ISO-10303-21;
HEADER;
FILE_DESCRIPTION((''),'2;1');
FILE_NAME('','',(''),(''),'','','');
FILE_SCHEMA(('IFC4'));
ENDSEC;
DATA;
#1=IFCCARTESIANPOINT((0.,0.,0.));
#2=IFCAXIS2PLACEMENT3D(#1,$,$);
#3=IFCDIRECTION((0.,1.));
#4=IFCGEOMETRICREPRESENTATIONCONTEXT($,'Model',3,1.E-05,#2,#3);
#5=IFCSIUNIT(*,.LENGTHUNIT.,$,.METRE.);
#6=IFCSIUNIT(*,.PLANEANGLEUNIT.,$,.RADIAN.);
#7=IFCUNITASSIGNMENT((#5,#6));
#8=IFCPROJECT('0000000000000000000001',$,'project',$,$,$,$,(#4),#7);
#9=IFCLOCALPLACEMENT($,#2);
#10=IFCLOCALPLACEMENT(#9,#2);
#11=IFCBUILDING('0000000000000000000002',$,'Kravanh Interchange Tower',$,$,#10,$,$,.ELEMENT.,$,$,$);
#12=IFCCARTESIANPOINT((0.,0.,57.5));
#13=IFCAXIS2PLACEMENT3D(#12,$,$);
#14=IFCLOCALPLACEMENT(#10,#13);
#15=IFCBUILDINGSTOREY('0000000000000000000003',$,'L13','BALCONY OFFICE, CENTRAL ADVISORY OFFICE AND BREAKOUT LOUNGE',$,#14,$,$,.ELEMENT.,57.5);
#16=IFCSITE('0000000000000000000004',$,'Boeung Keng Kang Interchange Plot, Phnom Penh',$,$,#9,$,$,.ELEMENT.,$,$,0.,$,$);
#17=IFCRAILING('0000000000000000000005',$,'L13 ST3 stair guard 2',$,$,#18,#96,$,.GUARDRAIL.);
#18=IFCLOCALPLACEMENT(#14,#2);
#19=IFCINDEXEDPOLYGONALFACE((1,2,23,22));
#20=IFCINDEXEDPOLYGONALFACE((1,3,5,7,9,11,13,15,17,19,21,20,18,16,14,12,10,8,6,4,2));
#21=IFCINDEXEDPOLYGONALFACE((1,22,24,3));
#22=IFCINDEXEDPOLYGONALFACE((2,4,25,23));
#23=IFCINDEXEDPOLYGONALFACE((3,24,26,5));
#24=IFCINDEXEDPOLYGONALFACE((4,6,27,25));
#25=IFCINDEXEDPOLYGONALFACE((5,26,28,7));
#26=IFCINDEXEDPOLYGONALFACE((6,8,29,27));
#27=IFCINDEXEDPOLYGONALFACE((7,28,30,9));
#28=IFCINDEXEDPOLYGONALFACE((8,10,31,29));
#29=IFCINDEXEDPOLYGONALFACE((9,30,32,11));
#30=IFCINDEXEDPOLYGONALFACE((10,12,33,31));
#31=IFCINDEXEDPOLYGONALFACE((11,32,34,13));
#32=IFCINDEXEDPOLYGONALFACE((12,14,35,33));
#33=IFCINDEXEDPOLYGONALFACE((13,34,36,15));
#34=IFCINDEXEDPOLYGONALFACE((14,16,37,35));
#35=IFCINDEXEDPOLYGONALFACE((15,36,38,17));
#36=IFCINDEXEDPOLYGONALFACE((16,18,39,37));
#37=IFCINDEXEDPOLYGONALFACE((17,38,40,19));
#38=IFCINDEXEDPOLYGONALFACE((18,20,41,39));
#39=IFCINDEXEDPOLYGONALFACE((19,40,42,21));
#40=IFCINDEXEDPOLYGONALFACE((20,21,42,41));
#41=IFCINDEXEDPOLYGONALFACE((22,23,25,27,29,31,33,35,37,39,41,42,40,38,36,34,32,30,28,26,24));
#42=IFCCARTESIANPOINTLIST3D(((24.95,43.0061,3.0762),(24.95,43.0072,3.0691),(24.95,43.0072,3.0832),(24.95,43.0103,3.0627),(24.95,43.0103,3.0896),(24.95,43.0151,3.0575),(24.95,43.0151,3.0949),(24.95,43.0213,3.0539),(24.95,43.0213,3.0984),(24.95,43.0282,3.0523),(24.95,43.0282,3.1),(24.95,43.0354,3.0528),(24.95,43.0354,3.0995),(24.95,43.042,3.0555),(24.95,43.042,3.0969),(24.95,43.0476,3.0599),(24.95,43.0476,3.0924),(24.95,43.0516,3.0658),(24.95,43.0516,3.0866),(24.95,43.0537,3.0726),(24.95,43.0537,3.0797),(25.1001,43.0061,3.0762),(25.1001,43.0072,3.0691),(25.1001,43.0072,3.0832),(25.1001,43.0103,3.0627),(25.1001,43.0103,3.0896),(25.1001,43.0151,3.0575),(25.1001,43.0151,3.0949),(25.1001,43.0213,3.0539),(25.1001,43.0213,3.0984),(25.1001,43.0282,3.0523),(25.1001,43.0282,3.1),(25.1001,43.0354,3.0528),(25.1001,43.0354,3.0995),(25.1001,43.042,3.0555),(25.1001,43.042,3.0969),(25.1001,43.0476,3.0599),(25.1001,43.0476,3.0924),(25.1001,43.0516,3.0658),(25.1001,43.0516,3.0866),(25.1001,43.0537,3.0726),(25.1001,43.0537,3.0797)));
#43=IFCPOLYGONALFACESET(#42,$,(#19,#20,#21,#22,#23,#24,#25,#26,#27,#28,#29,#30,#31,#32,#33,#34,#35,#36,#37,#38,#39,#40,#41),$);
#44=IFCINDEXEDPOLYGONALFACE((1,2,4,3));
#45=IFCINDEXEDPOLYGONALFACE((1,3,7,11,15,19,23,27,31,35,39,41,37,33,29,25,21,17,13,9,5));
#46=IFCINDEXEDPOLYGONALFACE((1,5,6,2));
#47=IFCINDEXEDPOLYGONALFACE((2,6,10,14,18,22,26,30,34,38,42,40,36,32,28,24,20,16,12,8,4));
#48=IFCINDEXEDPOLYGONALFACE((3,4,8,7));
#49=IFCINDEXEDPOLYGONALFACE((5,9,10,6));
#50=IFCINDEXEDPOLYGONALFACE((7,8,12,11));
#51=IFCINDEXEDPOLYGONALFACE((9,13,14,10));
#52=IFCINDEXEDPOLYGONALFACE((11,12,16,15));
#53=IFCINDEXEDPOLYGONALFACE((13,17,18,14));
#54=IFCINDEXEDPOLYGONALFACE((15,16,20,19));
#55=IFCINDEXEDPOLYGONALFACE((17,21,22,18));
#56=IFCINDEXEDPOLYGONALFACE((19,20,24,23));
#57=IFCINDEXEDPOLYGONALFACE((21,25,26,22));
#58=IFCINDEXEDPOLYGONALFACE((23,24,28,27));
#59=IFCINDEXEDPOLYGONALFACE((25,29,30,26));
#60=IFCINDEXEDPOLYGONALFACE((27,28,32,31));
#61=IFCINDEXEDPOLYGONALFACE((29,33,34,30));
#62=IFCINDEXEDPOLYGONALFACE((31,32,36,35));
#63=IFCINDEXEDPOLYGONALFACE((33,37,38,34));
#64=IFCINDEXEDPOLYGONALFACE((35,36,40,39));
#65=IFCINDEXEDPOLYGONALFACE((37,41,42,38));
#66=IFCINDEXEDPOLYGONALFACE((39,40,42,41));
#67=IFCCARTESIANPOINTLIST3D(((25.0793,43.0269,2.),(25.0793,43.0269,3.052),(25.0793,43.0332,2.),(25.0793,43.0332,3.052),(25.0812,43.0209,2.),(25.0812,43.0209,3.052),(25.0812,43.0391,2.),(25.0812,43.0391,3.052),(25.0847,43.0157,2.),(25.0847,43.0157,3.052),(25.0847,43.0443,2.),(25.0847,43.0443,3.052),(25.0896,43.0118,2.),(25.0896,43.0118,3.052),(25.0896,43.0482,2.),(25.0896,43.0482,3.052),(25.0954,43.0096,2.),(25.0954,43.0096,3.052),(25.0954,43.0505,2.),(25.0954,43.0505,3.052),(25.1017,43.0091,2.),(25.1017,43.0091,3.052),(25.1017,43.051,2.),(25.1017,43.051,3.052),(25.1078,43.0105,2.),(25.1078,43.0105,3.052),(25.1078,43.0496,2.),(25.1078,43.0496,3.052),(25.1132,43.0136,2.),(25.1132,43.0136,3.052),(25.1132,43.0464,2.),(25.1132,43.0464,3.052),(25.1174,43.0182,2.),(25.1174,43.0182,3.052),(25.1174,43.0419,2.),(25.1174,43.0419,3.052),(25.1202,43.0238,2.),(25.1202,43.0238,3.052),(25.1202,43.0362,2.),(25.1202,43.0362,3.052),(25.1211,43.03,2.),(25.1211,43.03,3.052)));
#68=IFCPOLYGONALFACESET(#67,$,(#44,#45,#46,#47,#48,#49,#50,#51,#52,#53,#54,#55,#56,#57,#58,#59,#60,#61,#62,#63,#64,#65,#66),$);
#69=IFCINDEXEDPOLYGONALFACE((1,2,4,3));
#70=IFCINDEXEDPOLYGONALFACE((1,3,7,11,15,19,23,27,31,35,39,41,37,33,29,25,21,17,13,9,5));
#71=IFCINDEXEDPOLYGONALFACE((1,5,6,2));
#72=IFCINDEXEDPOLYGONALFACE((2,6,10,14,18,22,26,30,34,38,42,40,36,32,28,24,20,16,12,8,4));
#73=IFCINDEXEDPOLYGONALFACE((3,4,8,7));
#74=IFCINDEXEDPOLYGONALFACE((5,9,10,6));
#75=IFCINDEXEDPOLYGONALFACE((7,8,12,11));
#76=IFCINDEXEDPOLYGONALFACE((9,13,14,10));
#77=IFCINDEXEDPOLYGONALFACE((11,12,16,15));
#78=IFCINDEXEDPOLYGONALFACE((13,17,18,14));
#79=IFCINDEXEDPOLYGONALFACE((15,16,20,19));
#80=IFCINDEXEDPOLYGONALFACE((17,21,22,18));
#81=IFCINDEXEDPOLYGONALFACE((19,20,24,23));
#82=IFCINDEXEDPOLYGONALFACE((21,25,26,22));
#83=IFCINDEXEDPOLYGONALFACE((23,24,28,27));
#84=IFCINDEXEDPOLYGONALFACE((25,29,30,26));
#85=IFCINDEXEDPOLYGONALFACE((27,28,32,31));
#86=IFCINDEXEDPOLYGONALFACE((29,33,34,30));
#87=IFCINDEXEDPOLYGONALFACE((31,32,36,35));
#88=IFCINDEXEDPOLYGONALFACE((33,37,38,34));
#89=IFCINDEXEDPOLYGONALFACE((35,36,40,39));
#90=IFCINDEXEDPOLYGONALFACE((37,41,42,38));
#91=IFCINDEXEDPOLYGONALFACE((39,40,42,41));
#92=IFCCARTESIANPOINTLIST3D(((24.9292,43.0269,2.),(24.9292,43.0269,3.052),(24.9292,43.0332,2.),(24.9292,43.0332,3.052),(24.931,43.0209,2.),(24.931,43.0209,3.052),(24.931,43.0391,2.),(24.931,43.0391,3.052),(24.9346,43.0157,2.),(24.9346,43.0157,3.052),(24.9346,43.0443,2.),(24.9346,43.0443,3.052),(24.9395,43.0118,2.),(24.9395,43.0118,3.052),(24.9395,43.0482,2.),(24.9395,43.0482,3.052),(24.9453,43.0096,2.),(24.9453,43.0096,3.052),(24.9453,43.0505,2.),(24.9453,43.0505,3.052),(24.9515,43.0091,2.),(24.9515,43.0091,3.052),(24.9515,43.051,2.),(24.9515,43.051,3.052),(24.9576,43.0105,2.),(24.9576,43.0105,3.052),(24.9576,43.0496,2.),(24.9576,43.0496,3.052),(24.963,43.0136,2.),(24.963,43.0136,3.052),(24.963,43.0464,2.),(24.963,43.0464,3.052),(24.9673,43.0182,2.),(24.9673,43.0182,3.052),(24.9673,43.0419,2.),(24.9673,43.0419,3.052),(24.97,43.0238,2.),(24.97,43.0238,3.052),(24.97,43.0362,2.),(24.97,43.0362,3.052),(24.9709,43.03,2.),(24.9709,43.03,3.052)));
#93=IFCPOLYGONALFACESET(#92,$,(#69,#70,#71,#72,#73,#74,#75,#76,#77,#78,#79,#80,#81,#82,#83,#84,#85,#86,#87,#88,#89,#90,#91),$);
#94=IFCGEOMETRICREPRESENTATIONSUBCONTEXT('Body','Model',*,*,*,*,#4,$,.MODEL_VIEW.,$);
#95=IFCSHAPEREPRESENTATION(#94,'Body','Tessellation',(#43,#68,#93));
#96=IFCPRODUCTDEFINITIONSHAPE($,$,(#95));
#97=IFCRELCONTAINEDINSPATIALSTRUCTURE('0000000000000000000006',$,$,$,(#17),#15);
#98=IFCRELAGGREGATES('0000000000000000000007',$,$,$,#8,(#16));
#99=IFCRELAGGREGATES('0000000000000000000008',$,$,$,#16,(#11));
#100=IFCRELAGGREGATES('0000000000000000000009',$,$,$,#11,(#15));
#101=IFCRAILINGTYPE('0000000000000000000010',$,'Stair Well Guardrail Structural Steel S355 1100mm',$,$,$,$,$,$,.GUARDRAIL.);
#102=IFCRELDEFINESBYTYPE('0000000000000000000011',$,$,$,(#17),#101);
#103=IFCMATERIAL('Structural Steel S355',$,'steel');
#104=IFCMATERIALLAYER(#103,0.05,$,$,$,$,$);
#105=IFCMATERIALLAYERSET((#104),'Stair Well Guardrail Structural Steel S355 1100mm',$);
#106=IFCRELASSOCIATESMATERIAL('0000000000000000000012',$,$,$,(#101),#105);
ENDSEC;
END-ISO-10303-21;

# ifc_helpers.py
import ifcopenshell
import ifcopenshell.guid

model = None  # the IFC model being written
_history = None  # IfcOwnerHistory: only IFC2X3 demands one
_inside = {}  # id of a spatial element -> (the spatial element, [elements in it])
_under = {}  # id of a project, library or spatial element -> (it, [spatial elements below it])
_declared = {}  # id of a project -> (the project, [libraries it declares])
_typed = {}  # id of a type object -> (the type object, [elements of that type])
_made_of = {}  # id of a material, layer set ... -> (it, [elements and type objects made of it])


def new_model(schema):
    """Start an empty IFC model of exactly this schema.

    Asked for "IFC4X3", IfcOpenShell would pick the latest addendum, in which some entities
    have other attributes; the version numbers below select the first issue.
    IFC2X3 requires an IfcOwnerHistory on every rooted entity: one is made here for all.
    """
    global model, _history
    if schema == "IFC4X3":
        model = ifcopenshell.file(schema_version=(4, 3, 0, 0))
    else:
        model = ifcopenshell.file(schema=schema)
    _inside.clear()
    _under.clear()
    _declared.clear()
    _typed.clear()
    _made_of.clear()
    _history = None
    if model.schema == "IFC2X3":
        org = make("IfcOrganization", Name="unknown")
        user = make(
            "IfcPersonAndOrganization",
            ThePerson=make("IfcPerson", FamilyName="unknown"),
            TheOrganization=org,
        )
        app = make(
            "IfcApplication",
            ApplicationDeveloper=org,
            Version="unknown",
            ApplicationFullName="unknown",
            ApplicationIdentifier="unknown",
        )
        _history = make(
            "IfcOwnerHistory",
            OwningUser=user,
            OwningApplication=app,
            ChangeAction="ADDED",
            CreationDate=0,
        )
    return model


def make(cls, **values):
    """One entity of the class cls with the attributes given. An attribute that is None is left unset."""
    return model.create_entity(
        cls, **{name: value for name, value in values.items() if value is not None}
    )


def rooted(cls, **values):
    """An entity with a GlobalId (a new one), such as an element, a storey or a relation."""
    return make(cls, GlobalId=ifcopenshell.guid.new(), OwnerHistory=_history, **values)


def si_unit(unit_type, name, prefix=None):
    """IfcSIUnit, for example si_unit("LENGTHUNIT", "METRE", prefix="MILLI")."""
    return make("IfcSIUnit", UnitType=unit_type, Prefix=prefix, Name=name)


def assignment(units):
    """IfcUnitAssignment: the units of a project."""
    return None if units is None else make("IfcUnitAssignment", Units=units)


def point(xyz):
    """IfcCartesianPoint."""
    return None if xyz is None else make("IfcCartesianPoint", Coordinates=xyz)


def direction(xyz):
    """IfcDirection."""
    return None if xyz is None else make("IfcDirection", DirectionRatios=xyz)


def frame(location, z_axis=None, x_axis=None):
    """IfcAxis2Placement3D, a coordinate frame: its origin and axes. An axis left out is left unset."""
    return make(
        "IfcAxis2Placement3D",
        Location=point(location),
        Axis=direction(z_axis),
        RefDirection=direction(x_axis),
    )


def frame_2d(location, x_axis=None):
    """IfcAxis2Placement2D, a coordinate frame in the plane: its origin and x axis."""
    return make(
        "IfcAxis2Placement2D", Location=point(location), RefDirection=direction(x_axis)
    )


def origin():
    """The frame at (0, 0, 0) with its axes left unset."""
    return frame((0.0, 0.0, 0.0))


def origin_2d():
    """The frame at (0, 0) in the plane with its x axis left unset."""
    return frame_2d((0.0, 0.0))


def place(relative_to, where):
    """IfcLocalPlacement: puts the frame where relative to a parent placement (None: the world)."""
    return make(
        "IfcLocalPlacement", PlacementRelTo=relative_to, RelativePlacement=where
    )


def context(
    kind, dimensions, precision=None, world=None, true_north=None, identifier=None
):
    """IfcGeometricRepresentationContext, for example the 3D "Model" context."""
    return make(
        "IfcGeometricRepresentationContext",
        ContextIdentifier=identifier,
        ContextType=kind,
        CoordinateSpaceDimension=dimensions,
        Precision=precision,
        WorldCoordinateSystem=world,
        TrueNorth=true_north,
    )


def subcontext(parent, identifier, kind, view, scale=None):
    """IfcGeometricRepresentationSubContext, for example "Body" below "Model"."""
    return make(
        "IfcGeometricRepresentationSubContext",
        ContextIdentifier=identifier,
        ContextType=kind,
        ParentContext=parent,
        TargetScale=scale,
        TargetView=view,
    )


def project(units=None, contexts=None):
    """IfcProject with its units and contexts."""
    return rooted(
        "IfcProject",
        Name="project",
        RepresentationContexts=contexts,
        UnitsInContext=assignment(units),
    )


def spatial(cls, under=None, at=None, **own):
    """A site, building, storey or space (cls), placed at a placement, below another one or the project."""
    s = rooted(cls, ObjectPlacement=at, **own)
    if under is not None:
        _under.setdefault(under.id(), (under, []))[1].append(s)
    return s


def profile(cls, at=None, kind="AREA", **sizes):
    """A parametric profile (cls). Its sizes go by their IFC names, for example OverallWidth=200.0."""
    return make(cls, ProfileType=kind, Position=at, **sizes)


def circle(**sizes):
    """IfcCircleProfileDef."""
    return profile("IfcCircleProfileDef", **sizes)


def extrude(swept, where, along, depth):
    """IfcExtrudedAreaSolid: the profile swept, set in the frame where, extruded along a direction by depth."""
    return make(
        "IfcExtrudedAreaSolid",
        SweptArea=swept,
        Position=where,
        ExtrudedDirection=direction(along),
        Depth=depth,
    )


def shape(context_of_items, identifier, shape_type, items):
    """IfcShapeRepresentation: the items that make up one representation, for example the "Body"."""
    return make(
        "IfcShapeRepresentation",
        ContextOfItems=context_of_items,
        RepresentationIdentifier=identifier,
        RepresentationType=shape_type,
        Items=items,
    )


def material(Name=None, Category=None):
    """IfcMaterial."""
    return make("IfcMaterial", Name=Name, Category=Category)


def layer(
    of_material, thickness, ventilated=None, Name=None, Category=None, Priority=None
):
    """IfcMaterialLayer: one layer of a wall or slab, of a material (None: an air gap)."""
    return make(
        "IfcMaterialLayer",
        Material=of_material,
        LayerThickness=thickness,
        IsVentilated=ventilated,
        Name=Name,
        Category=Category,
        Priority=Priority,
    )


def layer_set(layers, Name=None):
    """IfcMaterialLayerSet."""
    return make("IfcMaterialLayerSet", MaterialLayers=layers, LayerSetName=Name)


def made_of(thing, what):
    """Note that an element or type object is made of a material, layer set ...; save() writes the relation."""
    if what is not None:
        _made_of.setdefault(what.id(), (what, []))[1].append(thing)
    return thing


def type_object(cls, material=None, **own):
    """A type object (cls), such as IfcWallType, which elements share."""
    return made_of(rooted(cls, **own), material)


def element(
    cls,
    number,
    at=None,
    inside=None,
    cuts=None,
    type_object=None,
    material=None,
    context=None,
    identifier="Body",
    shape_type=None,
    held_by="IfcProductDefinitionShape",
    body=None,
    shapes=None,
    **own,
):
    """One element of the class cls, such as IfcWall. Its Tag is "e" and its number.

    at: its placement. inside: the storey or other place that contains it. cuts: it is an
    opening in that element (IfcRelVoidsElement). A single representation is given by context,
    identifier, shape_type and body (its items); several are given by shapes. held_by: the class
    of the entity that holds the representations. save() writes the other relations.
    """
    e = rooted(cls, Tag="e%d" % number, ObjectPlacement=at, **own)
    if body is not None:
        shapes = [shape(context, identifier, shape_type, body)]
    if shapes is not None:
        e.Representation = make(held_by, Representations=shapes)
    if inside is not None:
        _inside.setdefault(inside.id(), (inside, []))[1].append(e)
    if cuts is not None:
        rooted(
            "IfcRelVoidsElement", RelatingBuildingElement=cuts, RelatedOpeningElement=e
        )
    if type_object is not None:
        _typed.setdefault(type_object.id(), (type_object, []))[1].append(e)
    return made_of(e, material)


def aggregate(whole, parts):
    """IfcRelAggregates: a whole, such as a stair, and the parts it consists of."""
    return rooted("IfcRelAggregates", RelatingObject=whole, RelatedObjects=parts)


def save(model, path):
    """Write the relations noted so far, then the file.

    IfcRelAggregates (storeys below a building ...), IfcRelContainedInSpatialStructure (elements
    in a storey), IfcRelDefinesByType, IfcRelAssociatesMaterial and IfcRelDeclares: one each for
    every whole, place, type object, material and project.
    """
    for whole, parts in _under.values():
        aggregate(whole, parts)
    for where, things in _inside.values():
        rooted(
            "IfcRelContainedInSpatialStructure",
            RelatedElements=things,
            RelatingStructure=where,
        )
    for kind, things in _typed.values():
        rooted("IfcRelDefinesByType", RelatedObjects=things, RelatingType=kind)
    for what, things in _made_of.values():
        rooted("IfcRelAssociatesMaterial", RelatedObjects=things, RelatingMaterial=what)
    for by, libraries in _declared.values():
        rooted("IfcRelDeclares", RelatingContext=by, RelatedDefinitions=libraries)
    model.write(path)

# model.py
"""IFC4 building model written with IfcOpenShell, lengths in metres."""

from ifc_helpers import new_model, si_unit, direction, frame, origin, origin_2d, place, context, subcontext, project, spatial, circle, extrude, material, layer, layer_set, type_object, element, save


model = new_model("IFC4")

# Units and contexts
model_context = context("Model", 3, precision=1e-05, world=origin(), true_north=direction((0.0, 1.0)))
body_context = subcontext(model_context, "Body", "Model", "MODEL_VIEW")
ifc_project = project(units=[si_unit("LENGTHUNIT", "METRE"), si_unit("PLANEANGLEUNIT", "RADIAN")], contexts=[model_context])

# Site, building, storey
site_placement = place(None, origin())
site = spatial("IfcSite", under=ifc_project, at=site_placement, Name="Boeung Keng Kang Interchange Plot, Phnom Penh", CompositionType="ELEMENT", RefElevation=0.0)
building_placement = place(site_placement, origin())
building = spatial("IfcBuilding", under=site, at=building_placement, Name="Kravanh Interchange Tower", CompositionType="ELEMENT")
storey_placement = place(building_placement, frame((0.0, 0.0, 57.5)))
storey = spatial("IfcBuildingStorey", under=building, at=storey_placement, Name="L13", Description="BALCONY OFFICE, CENTRAL ADVISORY OFFICE AND BREAKOUT LOUNGE", CompositionType="ELEMENT", Elevation=57.5)

# Railing
ifc_material_1 = material(Name="Structural Steel S355", Category="steel")
ifc_layer_1 = layer(ifc_material_1, 0.05)
ifc_layer_set_1 = layer_set([ifc_layer_1], Name="Stair Well Guardrail Structural Steel S355 1100mm")
railing_type_1 = type_object("IfcRailingType", Name="Stair Well Guardrail Structural Steel S355 1100mm", PredefinedType="GUARDRAIL", material=ifc_layer_set_1)
railing_1_placement = place(storey_placement, frame((25.1001, 43.03, 2.0)))
element("IfcRailing", 1, at=railing_1_placement, inside=storey, type_object=railing_type_1, Name="L13 ST3 stair guard 2", PredefinedType="GUARDRAIL", context=body_context, shape_type="SweptSolid", body=[
    extrude(circle(Radius=0.0239, at=origin_2d()), frame((0.0, 0.0, 1.0762), z_axis=(-1.0, 0.0, 0.0), x_axis=(0.0, -1.0, 0.0)), (0.0, 0.0, 1.0), 0.1501),
    extrude(circle(Radius=0.021, at=origin_2d()), origin(), (0.0, 0.0, 1.0), 1.052),
    extrude(circle(Radius=0.021, at=origin_2d()), frame((-0.1501, 0.0, 0.0)), (0.0, 0.0, 1.0), 1.052),
])

save(model, "model.ifc")
